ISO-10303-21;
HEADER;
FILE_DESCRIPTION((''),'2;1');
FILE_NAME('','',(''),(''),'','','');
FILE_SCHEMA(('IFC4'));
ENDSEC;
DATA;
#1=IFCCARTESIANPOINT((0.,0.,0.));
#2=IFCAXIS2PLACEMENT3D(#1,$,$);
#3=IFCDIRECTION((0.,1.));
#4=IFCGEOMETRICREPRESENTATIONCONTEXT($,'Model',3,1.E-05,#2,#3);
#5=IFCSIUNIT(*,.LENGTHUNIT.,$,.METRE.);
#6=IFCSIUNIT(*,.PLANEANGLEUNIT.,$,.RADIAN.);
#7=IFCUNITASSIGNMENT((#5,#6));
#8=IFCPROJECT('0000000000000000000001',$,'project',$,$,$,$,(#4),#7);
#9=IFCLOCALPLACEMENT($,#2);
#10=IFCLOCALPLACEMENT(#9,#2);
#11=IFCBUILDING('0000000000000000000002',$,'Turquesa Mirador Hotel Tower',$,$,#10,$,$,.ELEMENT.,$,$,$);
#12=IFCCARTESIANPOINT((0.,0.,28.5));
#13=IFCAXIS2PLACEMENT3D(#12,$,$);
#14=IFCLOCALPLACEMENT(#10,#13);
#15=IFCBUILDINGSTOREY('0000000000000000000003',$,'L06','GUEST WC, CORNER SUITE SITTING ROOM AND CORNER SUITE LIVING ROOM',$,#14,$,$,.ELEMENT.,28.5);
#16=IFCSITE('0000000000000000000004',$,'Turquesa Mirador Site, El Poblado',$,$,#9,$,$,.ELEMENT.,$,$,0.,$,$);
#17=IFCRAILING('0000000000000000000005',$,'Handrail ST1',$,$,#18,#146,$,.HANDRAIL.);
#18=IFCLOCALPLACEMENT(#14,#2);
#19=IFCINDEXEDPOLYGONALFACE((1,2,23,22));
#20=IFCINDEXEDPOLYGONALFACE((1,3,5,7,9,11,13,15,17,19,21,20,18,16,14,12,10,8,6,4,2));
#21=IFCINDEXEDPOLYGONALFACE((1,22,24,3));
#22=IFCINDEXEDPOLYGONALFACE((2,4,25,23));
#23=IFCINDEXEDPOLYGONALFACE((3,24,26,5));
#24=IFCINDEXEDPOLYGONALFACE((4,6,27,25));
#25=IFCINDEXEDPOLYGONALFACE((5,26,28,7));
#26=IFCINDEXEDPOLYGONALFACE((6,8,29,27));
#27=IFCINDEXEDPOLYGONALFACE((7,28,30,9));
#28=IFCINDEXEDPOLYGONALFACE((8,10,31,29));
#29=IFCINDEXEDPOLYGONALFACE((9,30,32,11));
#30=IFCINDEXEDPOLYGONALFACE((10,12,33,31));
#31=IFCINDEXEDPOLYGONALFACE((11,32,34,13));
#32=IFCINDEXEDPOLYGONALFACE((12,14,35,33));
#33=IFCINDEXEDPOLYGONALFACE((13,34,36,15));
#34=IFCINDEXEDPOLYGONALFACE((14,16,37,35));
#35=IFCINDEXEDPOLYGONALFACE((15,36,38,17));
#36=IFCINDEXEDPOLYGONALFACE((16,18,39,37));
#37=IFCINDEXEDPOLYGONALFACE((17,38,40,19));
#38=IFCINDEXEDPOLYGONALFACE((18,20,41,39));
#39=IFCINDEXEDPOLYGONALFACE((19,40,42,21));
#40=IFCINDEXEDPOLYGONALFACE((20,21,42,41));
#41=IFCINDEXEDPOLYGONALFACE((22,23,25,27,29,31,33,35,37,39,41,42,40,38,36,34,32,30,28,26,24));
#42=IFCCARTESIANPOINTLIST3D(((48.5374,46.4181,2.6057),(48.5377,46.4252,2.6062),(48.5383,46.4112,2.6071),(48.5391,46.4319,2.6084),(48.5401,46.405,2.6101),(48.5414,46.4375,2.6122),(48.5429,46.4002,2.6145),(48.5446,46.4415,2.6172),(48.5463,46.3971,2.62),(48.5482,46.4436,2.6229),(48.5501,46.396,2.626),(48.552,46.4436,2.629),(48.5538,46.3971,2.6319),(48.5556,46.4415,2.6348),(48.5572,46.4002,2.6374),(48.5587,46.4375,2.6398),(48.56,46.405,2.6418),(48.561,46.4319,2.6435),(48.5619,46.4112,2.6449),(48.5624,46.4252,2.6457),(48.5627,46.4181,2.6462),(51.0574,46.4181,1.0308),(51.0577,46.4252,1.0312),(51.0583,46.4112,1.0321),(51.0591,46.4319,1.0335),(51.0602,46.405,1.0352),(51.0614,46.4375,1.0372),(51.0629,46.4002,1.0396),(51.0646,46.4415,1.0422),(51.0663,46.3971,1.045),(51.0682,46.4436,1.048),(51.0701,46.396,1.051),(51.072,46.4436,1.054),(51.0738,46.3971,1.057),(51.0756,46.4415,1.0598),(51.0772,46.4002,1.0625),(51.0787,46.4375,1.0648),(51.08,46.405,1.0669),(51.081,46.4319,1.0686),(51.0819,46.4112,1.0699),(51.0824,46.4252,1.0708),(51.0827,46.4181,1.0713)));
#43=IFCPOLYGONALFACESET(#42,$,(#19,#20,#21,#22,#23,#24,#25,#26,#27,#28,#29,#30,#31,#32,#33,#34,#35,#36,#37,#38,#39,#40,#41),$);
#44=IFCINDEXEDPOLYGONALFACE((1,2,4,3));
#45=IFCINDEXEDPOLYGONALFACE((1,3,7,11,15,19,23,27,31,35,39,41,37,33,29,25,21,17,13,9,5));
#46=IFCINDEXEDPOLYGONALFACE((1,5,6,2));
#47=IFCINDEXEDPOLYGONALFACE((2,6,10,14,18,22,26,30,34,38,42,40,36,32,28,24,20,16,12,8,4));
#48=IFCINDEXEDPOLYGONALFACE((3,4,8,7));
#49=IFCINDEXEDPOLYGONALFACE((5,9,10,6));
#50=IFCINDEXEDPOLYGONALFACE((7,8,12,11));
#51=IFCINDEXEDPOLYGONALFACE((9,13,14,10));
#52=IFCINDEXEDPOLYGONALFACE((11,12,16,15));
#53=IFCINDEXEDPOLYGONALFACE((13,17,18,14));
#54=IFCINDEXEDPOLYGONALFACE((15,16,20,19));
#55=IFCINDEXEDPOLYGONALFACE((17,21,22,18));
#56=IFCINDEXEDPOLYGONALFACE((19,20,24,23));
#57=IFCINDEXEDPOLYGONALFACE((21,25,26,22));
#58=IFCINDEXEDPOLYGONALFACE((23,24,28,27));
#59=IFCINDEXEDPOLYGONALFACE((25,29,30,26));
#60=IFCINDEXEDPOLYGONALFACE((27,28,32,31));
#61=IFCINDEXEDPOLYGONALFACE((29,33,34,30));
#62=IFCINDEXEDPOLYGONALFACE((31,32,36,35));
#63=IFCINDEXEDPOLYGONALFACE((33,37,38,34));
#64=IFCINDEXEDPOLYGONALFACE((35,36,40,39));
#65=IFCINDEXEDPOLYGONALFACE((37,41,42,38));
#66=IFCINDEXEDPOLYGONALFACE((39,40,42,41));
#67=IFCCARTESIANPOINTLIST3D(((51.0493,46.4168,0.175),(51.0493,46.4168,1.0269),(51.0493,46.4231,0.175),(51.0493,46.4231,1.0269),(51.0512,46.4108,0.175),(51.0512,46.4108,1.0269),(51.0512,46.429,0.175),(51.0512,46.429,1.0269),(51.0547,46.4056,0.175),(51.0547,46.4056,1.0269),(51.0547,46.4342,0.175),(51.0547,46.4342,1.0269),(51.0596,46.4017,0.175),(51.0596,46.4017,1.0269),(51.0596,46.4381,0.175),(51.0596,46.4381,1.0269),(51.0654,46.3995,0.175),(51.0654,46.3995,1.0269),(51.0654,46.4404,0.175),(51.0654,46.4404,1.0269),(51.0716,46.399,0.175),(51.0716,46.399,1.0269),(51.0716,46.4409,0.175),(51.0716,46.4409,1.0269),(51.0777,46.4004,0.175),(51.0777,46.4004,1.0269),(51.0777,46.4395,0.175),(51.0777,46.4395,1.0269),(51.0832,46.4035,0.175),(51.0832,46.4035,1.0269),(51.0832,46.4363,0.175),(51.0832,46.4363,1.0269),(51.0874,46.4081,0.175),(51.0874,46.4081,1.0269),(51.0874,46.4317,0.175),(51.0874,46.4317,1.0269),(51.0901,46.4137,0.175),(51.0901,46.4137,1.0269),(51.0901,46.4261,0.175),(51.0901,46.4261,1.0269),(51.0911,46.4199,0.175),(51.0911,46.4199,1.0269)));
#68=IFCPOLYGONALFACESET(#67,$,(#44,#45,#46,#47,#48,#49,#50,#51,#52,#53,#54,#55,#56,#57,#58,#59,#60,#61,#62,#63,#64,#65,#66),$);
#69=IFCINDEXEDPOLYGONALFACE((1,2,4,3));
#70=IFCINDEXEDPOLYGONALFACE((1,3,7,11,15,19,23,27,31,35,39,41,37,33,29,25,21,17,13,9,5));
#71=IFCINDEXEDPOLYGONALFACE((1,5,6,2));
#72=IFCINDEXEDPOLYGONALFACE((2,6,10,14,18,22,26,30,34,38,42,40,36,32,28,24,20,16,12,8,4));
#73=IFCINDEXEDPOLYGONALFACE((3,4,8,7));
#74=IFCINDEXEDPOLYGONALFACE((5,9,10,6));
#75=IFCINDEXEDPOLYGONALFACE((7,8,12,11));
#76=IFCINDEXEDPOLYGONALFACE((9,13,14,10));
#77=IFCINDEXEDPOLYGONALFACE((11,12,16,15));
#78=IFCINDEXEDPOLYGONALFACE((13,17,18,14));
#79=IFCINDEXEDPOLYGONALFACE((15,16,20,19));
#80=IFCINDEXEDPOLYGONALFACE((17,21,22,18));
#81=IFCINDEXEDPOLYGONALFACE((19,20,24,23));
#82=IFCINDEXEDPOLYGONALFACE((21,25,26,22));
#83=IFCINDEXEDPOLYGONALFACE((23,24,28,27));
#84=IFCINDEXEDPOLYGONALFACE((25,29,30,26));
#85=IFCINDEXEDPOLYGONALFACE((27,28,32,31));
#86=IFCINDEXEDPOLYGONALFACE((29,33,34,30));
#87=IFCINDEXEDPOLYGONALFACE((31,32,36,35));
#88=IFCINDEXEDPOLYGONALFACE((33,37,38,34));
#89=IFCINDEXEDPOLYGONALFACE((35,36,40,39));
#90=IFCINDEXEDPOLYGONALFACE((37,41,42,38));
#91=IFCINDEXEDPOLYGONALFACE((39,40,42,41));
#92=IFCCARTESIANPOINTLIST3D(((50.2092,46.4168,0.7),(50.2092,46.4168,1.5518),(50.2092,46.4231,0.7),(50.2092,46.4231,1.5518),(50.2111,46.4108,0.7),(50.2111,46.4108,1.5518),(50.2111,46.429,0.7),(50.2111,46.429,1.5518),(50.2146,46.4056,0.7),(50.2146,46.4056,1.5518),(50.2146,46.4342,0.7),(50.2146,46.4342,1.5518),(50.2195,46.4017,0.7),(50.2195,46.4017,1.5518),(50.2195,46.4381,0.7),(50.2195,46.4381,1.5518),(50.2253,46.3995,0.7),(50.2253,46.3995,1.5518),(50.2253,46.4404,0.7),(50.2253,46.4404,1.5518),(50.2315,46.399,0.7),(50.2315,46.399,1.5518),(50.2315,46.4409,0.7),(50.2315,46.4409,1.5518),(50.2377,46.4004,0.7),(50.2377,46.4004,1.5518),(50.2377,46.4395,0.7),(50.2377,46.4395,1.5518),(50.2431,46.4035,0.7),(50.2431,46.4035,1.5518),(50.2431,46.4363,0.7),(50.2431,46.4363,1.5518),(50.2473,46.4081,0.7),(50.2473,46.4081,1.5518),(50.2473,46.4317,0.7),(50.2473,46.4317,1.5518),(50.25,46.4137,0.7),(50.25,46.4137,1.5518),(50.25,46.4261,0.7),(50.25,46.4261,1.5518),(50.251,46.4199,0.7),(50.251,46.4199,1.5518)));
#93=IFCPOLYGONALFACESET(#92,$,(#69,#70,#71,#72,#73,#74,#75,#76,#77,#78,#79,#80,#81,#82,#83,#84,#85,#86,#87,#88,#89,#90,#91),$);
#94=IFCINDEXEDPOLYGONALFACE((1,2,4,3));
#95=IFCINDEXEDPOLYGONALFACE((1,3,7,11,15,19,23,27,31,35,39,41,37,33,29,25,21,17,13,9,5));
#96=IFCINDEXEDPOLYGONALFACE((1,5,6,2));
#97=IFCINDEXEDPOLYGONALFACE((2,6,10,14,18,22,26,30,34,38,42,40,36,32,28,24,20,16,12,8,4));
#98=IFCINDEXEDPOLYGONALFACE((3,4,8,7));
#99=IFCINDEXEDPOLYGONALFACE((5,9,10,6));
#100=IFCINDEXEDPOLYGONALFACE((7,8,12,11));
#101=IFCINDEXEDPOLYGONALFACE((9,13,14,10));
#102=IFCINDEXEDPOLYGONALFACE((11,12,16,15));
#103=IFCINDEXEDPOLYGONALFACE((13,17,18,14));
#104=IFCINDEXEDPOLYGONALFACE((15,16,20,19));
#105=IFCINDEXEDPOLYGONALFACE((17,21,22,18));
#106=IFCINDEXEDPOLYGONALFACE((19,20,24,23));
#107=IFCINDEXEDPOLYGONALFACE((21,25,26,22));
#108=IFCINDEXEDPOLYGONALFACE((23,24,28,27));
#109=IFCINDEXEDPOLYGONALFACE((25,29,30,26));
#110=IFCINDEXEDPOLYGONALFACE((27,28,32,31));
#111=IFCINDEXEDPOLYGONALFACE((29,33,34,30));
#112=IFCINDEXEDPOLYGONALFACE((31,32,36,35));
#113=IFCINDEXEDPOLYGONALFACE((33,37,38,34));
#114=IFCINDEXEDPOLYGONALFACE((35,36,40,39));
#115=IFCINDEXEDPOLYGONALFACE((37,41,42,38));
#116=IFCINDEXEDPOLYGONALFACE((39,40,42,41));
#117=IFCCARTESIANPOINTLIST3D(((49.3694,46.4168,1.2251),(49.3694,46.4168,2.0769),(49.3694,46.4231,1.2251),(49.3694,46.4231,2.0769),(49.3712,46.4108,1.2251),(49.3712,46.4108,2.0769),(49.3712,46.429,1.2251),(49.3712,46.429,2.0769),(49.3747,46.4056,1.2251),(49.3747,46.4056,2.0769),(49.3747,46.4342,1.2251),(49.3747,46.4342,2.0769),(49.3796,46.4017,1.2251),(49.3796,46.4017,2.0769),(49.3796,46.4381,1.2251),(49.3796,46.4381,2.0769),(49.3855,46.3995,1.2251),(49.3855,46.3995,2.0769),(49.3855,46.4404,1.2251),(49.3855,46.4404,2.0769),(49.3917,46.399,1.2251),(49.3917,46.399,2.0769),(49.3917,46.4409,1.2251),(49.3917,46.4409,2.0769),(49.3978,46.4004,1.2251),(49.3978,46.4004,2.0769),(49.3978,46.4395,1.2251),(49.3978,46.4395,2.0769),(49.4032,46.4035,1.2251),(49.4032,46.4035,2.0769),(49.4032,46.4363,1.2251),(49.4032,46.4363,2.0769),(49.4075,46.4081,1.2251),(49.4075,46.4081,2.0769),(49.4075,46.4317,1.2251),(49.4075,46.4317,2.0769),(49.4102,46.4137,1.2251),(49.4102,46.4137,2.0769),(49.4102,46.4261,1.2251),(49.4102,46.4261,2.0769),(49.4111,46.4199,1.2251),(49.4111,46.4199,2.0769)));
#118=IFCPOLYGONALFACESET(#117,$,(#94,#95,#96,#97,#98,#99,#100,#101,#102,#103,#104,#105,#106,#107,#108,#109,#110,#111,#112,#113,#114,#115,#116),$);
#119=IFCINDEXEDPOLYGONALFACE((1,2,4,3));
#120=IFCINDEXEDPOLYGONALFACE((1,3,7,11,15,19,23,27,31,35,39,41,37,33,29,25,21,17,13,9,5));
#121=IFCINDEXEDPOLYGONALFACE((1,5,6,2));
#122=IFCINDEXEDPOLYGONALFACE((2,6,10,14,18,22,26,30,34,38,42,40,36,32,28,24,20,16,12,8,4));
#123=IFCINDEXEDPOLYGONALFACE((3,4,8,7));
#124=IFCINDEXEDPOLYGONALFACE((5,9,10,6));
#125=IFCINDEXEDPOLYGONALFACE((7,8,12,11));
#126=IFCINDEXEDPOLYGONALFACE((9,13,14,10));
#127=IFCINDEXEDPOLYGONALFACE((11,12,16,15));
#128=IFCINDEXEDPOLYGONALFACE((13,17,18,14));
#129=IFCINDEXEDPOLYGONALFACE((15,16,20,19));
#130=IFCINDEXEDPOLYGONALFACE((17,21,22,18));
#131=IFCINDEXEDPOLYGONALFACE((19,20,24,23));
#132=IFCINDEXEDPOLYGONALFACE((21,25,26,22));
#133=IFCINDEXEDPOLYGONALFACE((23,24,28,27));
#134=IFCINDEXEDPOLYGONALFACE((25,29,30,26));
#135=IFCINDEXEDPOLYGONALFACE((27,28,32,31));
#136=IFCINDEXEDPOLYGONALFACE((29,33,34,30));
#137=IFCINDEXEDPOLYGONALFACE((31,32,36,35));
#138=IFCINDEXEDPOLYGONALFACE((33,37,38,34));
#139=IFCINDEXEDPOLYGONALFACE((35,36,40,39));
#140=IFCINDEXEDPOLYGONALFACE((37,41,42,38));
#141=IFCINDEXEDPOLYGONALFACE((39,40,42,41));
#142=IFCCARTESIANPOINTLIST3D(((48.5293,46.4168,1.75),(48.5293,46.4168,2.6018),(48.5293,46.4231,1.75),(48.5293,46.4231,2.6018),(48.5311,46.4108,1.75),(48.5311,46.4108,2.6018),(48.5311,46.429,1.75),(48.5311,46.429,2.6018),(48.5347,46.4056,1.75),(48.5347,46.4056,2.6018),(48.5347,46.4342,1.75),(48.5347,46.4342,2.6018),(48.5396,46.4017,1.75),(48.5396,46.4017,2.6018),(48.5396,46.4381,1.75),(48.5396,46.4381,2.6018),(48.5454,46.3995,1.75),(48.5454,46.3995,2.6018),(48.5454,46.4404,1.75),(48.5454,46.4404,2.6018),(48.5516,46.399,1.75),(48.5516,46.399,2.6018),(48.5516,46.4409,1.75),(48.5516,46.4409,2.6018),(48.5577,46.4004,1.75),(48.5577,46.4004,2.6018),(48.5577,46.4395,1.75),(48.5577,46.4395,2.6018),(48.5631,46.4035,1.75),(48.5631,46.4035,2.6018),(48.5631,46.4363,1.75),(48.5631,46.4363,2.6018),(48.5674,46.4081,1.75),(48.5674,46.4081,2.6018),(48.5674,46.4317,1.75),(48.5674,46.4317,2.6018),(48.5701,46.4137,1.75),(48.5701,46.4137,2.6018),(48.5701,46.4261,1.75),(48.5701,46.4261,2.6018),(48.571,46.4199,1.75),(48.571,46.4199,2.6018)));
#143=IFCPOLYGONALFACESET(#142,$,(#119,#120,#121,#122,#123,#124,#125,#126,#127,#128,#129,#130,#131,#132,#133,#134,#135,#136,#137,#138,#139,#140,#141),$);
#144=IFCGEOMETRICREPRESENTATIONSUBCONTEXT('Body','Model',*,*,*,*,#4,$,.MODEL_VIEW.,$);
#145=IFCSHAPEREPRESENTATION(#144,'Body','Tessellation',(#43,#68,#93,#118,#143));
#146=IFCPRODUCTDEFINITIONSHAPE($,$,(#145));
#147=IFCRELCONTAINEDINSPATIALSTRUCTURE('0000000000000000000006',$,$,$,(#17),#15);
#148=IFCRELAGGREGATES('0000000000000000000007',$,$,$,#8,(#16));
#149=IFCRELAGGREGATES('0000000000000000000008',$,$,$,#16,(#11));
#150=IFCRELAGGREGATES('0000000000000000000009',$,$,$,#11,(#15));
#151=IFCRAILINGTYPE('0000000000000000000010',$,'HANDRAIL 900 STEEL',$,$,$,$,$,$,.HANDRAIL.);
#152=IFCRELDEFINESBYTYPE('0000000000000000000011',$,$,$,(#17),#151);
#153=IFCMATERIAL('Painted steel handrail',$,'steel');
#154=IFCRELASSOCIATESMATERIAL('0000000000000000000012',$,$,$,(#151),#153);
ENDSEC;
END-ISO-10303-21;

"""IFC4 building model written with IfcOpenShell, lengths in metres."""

from ifc_helpers import new_model, si_unit, direction, frame, origin, origin_2d, place, context, subcontext, project, spatial, circle, extrude, material, type_object, element, save


model = new_model("IFC4")

# Units and contexts
model_context = context("Model", 3, precision=1e-05, world=origin(), true_north=direction((0.0, 1.0)))
body_context = subcontext(model_context, "Body", "Model", "MODEL_VIEW")
ifc_project = project(units=[si_unit("LENGTHUNIT", "METRE"), si_unit("PLANEANGLEUNIT", "RADIAN")], contexts=[model_context])

# Site, building, storey
site_placement = place(None, origin())
site = spatial("IfcSite", under=ifc_project, at=site_placement, Name="Turquesa Mirador Site, El Poblado", CompositionType="ELEMENT", RefElevation=0.0)
building_placement = place(site_placement, origin())
building = spatial("IfcBuilding", under=site, at=building_placement, Name="Turquesa Mirador Hotel Tower", CompositionType="ELEMENT")
storey_placement = place(building_placement, frame((0.0, 0.0, 28.5)))
storey = spatial("IfcBuildingStorey", under=building, at=storey_placement, Name="L06", Description="GUEST WC, CORNER SUITE SITTING ROOM AND CORNER SUITE LIVING ROOM", CompositionType="ELEMENT", Elevation=28.5)

# Railing
ifc_material_1 = material(Name="Painted steel handrail", Category="steel")
railing_type = type_object("IfcRailingType", Name="HANDRAIL 900 STEEL", PredefinedType="HANDRAIL", material=ifc_material_1)
railing_1_placement = place(storey_placement, frame((51.0701, 46.4199, 0.175)))
element("IfcRailing", 1, at=railing_1_placement, inside=storey, type_object=railing_type, Name="Handrail ST1", PredefinedType="HANDRAIL", context=body_context, shape_type="SweptSolid", body=[
    extrude(circle(Radius=0.0239, at=origin_2d()), frame((0.0, 0.0, 0.876), z_axis=(-0.848008, 0.0, 0.529984), x_axis=(0.0, -1.0, 0.0)), (0.0, 0.0, 1.0), 2.9717),
    extrude(circle(Radius=0.021, at=origin_2d()), origin(), (0.0, 0.0, 1.0), 0.8518),
    extrude(circle(Radius=0.021, at=origin_2d()), frame((-0.8401, 0.0, 0.5249)), (0.0, 0.0, 1.0), 0.8518),
    extrude(circle(Radius=0.021, at=origin_2d()), frame((-1.6799, 0.0, 1.05)), (0.0, 0.0, 1.0), 0.8518),
    extrude(circle(Radius=0.021, at=origin_2d()), frame((-2.52, 0.0, 1.575)), (0.0, 0.0, 1.0), 0.8518),
])

save(model, "model.ifc")
